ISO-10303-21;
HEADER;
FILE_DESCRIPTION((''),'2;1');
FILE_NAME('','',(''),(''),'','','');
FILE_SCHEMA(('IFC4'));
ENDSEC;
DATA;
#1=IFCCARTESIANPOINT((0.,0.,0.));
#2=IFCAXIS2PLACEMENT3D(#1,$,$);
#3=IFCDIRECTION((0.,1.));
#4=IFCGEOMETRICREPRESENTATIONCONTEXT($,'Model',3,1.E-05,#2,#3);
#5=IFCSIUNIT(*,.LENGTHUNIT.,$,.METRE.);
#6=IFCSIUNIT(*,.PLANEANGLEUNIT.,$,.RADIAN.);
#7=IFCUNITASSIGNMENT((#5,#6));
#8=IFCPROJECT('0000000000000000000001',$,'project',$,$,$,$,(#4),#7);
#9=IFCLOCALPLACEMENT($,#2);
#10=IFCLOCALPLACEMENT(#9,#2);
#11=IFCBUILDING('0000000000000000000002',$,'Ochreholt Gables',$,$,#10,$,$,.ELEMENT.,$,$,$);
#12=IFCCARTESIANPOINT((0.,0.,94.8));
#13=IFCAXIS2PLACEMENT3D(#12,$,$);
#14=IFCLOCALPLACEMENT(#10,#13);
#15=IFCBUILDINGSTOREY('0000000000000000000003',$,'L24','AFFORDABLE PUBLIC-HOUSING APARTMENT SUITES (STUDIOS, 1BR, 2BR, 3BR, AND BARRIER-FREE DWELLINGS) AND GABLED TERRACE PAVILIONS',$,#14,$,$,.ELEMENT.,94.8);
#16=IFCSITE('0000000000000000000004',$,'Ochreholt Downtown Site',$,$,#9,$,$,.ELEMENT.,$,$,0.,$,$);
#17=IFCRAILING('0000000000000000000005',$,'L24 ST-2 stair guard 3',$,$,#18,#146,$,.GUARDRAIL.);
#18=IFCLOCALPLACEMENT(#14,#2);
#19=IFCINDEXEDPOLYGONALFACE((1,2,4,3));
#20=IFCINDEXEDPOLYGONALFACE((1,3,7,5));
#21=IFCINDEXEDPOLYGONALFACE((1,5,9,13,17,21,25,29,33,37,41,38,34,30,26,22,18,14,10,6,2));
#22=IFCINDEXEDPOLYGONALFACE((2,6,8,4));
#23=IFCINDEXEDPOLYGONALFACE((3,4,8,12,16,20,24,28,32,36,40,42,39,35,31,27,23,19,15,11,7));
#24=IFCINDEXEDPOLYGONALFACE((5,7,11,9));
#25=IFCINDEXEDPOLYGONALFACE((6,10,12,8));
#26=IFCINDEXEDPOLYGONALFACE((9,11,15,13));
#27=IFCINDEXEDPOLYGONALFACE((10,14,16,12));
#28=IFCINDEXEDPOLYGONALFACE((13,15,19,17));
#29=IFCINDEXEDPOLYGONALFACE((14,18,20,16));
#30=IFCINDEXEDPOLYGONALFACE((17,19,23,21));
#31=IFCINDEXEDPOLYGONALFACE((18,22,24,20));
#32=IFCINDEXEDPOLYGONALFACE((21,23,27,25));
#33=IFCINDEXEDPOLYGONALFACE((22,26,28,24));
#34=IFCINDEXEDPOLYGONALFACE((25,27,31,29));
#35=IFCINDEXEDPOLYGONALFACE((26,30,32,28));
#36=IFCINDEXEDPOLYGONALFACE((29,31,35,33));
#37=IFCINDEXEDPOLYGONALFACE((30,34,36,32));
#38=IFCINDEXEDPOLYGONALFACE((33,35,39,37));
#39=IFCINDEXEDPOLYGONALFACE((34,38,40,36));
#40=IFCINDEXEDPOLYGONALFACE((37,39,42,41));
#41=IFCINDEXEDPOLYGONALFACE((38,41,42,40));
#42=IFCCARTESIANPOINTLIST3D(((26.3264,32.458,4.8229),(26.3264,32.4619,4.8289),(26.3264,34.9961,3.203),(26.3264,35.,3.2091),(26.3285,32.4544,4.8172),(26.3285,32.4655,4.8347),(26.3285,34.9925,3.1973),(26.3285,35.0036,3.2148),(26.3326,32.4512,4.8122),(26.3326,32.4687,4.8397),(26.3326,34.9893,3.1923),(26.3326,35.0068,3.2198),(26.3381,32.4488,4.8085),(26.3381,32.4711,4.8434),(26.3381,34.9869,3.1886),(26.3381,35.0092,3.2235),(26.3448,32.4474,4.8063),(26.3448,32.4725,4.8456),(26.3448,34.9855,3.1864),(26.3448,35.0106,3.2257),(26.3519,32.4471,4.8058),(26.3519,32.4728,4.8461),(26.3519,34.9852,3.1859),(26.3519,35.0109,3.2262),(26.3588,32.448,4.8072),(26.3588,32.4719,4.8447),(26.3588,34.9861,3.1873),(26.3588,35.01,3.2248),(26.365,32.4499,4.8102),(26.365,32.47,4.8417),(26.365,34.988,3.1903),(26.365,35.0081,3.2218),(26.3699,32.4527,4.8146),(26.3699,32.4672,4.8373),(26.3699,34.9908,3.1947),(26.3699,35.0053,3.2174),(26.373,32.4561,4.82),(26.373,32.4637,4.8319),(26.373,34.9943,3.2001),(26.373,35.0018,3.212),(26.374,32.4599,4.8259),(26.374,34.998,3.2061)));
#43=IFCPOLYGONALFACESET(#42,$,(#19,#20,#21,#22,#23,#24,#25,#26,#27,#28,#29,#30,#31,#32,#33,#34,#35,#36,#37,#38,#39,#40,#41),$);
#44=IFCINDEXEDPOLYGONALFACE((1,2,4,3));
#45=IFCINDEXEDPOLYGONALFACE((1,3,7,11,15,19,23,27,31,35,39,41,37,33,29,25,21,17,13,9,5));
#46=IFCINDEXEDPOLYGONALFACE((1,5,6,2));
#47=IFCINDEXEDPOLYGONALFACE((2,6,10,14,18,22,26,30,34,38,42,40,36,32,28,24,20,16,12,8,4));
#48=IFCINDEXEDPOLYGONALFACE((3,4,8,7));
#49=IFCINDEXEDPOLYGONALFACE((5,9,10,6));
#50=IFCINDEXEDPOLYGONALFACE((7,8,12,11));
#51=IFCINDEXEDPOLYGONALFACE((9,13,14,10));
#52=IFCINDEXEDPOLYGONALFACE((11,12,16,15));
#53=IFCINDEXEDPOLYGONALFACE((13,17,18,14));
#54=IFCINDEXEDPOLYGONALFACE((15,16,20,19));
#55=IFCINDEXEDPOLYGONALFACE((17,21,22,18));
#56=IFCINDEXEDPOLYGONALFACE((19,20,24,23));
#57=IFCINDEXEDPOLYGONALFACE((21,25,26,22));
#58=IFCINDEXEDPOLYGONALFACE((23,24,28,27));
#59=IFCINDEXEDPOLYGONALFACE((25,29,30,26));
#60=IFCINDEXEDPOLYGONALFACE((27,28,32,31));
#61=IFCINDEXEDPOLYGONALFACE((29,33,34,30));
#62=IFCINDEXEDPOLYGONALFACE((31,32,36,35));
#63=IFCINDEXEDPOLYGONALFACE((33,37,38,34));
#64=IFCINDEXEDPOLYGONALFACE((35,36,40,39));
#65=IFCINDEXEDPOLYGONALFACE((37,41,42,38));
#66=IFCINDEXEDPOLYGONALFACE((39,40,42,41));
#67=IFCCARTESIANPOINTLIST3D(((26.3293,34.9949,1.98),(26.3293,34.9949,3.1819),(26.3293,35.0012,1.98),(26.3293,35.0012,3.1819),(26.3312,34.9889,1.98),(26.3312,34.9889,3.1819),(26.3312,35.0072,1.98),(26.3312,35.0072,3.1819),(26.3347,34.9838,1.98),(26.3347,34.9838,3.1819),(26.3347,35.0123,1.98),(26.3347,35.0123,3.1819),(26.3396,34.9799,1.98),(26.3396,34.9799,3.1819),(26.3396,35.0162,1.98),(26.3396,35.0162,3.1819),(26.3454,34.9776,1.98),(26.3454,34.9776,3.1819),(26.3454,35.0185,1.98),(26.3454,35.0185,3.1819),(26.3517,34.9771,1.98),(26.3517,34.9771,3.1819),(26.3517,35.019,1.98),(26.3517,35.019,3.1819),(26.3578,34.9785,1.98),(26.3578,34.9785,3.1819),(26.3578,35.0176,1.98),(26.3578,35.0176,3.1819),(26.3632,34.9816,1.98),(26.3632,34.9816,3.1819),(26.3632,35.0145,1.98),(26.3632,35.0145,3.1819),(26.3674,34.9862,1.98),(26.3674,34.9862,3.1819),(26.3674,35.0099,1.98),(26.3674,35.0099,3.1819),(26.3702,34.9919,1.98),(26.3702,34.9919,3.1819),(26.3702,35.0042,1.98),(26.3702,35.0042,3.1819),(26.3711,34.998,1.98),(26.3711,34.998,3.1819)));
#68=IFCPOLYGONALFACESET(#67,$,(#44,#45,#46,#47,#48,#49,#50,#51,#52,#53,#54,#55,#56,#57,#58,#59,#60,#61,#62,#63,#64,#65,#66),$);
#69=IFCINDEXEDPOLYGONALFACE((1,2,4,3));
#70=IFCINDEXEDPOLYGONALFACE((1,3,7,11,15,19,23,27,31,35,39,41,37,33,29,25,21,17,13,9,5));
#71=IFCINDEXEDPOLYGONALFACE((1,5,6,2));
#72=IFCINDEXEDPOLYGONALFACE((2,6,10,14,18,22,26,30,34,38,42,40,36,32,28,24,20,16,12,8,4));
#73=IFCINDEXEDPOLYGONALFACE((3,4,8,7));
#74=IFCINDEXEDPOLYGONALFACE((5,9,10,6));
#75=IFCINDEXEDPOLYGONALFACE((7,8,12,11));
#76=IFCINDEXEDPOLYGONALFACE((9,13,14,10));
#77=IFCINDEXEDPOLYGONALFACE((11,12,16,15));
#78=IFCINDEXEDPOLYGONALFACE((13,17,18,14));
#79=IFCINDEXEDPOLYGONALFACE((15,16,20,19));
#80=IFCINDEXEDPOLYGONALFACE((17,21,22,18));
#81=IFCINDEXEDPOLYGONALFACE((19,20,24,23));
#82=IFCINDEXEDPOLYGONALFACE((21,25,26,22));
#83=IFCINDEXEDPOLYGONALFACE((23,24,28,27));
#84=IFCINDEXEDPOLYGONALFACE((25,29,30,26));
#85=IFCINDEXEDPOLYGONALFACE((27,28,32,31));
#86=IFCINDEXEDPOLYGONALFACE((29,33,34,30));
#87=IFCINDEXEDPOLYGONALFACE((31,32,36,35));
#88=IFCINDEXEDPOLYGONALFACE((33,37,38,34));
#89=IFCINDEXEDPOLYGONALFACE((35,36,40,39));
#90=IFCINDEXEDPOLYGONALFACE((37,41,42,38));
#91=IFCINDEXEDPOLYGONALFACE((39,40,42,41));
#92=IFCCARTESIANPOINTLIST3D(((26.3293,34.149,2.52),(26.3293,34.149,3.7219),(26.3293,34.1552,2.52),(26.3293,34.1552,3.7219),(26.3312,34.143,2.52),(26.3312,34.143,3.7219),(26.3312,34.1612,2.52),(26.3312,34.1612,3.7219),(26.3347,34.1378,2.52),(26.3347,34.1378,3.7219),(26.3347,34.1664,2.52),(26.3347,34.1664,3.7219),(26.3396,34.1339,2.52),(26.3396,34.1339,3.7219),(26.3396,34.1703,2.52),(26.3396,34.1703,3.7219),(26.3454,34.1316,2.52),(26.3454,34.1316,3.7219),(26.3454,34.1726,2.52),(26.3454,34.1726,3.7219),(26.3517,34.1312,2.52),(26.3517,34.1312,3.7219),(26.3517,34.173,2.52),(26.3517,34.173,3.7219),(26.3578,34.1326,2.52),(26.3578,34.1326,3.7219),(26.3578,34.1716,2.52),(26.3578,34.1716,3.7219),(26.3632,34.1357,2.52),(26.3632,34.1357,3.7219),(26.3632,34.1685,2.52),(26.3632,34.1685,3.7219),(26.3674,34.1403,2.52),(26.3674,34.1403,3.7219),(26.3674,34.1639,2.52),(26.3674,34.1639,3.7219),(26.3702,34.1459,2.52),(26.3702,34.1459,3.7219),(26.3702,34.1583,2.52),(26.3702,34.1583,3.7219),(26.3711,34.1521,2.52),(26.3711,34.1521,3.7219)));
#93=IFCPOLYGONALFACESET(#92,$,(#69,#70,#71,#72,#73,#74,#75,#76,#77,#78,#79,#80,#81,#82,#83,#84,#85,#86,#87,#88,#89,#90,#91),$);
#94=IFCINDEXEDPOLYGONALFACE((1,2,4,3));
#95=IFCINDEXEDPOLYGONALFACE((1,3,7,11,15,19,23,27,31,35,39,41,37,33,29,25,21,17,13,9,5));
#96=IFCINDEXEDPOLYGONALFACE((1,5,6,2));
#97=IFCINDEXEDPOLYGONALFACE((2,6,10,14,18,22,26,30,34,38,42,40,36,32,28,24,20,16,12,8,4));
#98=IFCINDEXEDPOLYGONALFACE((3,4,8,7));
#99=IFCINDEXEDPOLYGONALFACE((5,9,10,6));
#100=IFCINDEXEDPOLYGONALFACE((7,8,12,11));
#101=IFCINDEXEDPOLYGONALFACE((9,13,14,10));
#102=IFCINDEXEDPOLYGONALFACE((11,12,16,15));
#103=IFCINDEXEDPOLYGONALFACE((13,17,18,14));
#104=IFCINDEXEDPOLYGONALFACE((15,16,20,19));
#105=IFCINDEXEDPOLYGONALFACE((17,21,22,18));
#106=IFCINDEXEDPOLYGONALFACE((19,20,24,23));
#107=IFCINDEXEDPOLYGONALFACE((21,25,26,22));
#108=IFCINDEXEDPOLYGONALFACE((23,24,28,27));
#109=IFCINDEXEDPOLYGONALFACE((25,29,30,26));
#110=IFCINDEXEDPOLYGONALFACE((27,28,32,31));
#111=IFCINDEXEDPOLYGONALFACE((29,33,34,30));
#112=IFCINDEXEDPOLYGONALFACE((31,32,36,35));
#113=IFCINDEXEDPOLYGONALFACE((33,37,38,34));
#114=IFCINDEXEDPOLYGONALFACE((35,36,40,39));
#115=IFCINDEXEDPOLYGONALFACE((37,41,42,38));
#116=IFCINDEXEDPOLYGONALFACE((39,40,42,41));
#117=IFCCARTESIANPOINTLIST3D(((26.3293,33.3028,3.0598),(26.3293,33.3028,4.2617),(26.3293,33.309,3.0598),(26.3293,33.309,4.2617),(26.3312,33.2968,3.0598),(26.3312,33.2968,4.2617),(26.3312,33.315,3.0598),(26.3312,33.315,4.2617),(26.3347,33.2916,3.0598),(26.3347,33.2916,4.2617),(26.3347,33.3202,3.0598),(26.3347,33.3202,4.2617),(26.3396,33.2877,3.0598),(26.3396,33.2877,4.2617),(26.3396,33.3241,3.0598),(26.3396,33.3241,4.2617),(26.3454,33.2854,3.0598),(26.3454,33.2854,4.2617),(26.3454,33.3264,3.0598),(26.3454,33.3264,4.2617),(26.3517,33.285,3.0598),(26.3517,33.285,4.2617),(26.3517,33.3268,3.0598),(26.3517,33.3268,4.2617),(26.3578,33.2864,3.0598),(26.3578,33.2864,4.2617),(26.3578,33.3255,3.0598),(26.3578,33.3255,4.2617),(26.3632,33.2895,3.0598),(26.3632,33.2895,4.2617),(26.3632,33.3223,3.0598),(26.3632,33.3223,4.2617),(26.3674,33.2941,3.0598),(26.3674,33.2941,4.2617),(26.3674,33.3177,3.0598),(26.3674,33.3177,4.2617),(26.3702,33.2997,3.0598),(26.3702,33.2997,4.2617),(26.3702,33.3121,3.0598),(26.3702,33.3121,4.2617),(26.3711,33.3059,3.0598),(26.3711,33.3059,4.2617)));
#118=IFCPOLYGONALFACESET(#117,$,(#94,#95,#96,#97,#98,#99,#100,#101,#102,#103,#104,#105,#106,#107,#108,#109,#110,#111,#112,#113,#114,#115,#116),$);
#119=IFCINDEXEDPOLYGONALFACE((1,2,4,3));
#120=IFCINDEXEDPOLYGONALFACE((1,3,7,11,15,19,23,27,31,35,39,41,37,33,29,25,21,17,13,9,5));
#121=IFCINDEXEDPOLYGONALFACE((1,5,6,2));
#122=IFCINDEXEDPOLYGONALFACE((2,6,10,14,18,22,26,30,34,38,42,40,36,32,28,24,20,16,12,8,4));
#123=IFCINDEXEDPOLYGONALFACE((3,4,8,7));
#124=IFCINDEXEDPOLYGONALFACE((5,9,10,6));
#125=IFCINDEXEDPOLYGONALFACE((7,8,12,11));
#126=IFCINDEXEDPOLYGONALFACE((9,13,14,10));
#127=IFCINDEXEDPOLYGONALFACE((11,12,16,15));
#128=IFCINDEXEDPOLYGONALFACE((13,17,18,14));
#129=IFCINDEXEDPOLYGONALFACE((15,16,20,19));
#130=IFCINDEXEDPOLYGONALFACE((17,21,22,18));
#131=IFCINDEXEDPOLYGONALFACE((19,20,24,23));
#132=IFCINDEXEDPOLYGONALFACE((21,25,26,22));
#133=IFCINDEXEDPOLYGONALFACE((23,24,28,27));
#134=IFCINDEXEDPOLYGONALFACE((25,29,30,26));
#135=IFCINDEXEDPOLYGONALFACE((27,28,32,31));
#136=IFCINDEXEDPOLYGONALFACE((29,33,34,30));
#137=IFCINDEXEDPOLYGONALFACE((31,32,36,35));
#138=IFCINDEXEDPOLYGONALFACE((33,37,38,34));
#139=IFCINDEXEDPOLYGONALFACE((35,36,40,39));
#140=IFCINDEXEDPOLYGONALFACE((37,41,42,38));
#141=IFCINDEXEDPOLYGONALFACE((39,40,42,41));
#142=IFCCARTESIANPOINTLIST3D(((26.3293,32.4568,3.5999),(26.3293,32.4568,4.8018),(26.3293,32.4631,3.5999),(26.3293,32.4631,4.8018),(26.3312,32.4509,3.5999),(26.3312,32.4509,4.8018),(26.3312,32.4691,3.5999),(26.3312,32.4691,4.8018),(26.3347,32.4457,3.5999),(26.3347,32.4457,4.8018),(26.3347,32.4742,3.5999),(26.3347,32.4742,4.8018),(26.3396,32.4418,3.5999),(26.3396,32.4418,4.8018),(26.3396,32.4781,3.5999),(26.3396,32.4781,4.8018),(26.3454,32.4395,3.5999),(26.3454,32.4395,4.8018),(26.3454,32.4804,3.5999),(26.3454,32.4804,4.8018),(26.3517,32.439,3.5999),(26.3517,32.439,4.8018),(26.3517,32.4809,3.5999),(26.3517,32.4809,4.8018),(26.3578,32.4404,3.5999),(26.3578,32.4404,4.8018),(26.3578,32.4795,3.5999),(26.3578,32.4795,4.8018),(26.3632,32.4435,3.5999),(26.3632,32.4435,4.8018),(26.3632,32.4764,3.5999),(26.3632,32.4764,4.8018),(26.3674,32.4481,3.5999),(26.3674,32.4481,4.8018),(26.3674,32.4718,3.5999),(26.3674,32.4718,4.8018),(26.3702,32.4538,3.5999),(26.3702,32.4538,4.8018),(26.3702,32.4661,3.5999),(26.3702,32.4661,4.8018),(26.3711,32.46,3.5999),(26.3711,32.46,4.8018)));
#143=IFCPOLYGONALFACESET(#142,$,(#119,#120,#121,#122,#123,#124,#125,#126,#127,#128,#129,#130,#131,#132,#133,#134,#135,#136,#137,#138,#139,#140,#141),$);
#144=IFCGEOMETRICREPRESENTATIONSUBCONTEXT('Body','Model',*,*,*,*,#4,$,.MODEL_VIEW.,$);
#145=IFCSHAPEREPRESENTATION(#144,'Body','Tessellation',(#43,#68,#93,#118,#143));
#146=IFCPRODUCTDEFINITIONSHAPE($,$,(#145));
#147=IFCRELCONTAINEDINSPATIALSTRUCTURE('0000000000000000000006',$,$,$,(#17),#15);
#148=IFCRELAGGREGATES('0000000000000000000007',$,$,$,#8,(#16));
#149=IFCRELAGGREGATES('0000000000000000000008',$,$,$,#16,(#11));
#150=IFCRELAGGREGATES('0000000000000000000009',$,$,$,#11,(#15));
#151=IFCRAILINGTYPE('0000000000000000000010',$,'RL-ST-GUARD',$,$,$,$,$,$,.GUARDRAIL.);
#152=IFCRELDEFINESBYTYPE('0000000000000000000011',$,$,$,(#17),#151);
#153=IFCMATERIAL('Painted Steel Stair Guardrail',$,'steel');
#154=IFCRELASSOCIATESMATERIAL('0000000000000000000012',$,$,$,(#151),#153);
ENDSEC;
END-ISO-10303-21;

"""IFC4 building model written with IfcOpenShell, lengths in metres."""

from ifc_helpers import new_model, si_unit, direction, frame, origin, origin_2d, place, context, subcontext, project, spatial, circle, extrude, material, type_object, element, save


model = new_model("IFC4")

# Units and contexts
model_context = context("Model", 3, precision=1e-05, world=origin(), true_north=direction((0.0, 1.0)))
body_context = subcontext(model_context, "Body", "Model", "MODEL_VIEW")
ifc_project = project(units=[si_unit("LENGTHUNIT", "METRE"), si_unit("PLANEANGLEUNIT", "RADIAN")], contexts=[model_context])

# Site, building, storey
site_placement = place(None, origin())
site = spatial("IfcSite", under=ifc_project, at=site_placement, Name="Ochreholt Downtown Site", CompositionType="ELEMENT", RefElevation=0.0)
building_placement = place(site_placement, origin())
building = spatial("IfcBuilding", under=site, at=building_placement, Name="Ochreholt Gables", CompositionType="ELEMENT")
storey_placement = place(building_placement, frame((0.0, 0.0, 94.8)))
storey = spatial("IfcBuildingStorey", under=building, at=storey_placement, Name="L24", Description="AFFORDABLE PUBLIC-HOUSING APARTMENT SUITES (STUDIOS, 1BR, 2BR, 3BR, AND BARRIER-FREE DWELLINGS) AND GABLED TERRACE PAVILIONS", CompositionType="ELEMENT", Elevation=94.8)

# Railing
ifc_material_1 = material(Name="Painted Steel Stair Guardrail", Category="steel")
railing_type_1 = type_object("IfcRailingType", Name="RL-ST-GUARD", PredefinedType="GUARDRAIL", material=ifc_material_1)
railing_1_placement = place(storey_placement, frame((26.3501, 34.998, 1.98)))
element("IfcRailing", 1, at=railing_1_placement, inside=storey, type_object=railing_type_1, Name="L24 ST-2 stair guard 3", PredefinedType="GUARDRAIL", context=body_context, shape_type="SweptSolid", body=[
    extrude(circle(Radius=0.0239, at=origin_2d()), frame((0.0, 0.0, 1.2261), z_axis=(0.0, -0.84295, 0.537993), x_axis=(1.0, 0.0, 0.0)), (0.0, 0.0, 1.0), 3.011),
    extrude(circle(Radius=0.021, at=origin_2d()), origin(), (0.0, 0.0, 1.0), 1.2019),
    extrude(circle(Radius=0.021, at=origin_2d()), frame((0.0, -0.8459, 0.54)), (0.0, 0.0, 1.0), 1.2019),
    extrude(circle(Radius=0.021, at=origin_2d()), frame((0.0, -1.6921, 1.0798)), (0.0, 0.0, 1.0), 1.2019),
    extrude(circle(Radius=0.021, at=origin_2d()), frame((0.0, -2.5381, 1.6199)), (0.0, 0.0, 1.0), 1.2019),
])

save(model, "model.ifc")
